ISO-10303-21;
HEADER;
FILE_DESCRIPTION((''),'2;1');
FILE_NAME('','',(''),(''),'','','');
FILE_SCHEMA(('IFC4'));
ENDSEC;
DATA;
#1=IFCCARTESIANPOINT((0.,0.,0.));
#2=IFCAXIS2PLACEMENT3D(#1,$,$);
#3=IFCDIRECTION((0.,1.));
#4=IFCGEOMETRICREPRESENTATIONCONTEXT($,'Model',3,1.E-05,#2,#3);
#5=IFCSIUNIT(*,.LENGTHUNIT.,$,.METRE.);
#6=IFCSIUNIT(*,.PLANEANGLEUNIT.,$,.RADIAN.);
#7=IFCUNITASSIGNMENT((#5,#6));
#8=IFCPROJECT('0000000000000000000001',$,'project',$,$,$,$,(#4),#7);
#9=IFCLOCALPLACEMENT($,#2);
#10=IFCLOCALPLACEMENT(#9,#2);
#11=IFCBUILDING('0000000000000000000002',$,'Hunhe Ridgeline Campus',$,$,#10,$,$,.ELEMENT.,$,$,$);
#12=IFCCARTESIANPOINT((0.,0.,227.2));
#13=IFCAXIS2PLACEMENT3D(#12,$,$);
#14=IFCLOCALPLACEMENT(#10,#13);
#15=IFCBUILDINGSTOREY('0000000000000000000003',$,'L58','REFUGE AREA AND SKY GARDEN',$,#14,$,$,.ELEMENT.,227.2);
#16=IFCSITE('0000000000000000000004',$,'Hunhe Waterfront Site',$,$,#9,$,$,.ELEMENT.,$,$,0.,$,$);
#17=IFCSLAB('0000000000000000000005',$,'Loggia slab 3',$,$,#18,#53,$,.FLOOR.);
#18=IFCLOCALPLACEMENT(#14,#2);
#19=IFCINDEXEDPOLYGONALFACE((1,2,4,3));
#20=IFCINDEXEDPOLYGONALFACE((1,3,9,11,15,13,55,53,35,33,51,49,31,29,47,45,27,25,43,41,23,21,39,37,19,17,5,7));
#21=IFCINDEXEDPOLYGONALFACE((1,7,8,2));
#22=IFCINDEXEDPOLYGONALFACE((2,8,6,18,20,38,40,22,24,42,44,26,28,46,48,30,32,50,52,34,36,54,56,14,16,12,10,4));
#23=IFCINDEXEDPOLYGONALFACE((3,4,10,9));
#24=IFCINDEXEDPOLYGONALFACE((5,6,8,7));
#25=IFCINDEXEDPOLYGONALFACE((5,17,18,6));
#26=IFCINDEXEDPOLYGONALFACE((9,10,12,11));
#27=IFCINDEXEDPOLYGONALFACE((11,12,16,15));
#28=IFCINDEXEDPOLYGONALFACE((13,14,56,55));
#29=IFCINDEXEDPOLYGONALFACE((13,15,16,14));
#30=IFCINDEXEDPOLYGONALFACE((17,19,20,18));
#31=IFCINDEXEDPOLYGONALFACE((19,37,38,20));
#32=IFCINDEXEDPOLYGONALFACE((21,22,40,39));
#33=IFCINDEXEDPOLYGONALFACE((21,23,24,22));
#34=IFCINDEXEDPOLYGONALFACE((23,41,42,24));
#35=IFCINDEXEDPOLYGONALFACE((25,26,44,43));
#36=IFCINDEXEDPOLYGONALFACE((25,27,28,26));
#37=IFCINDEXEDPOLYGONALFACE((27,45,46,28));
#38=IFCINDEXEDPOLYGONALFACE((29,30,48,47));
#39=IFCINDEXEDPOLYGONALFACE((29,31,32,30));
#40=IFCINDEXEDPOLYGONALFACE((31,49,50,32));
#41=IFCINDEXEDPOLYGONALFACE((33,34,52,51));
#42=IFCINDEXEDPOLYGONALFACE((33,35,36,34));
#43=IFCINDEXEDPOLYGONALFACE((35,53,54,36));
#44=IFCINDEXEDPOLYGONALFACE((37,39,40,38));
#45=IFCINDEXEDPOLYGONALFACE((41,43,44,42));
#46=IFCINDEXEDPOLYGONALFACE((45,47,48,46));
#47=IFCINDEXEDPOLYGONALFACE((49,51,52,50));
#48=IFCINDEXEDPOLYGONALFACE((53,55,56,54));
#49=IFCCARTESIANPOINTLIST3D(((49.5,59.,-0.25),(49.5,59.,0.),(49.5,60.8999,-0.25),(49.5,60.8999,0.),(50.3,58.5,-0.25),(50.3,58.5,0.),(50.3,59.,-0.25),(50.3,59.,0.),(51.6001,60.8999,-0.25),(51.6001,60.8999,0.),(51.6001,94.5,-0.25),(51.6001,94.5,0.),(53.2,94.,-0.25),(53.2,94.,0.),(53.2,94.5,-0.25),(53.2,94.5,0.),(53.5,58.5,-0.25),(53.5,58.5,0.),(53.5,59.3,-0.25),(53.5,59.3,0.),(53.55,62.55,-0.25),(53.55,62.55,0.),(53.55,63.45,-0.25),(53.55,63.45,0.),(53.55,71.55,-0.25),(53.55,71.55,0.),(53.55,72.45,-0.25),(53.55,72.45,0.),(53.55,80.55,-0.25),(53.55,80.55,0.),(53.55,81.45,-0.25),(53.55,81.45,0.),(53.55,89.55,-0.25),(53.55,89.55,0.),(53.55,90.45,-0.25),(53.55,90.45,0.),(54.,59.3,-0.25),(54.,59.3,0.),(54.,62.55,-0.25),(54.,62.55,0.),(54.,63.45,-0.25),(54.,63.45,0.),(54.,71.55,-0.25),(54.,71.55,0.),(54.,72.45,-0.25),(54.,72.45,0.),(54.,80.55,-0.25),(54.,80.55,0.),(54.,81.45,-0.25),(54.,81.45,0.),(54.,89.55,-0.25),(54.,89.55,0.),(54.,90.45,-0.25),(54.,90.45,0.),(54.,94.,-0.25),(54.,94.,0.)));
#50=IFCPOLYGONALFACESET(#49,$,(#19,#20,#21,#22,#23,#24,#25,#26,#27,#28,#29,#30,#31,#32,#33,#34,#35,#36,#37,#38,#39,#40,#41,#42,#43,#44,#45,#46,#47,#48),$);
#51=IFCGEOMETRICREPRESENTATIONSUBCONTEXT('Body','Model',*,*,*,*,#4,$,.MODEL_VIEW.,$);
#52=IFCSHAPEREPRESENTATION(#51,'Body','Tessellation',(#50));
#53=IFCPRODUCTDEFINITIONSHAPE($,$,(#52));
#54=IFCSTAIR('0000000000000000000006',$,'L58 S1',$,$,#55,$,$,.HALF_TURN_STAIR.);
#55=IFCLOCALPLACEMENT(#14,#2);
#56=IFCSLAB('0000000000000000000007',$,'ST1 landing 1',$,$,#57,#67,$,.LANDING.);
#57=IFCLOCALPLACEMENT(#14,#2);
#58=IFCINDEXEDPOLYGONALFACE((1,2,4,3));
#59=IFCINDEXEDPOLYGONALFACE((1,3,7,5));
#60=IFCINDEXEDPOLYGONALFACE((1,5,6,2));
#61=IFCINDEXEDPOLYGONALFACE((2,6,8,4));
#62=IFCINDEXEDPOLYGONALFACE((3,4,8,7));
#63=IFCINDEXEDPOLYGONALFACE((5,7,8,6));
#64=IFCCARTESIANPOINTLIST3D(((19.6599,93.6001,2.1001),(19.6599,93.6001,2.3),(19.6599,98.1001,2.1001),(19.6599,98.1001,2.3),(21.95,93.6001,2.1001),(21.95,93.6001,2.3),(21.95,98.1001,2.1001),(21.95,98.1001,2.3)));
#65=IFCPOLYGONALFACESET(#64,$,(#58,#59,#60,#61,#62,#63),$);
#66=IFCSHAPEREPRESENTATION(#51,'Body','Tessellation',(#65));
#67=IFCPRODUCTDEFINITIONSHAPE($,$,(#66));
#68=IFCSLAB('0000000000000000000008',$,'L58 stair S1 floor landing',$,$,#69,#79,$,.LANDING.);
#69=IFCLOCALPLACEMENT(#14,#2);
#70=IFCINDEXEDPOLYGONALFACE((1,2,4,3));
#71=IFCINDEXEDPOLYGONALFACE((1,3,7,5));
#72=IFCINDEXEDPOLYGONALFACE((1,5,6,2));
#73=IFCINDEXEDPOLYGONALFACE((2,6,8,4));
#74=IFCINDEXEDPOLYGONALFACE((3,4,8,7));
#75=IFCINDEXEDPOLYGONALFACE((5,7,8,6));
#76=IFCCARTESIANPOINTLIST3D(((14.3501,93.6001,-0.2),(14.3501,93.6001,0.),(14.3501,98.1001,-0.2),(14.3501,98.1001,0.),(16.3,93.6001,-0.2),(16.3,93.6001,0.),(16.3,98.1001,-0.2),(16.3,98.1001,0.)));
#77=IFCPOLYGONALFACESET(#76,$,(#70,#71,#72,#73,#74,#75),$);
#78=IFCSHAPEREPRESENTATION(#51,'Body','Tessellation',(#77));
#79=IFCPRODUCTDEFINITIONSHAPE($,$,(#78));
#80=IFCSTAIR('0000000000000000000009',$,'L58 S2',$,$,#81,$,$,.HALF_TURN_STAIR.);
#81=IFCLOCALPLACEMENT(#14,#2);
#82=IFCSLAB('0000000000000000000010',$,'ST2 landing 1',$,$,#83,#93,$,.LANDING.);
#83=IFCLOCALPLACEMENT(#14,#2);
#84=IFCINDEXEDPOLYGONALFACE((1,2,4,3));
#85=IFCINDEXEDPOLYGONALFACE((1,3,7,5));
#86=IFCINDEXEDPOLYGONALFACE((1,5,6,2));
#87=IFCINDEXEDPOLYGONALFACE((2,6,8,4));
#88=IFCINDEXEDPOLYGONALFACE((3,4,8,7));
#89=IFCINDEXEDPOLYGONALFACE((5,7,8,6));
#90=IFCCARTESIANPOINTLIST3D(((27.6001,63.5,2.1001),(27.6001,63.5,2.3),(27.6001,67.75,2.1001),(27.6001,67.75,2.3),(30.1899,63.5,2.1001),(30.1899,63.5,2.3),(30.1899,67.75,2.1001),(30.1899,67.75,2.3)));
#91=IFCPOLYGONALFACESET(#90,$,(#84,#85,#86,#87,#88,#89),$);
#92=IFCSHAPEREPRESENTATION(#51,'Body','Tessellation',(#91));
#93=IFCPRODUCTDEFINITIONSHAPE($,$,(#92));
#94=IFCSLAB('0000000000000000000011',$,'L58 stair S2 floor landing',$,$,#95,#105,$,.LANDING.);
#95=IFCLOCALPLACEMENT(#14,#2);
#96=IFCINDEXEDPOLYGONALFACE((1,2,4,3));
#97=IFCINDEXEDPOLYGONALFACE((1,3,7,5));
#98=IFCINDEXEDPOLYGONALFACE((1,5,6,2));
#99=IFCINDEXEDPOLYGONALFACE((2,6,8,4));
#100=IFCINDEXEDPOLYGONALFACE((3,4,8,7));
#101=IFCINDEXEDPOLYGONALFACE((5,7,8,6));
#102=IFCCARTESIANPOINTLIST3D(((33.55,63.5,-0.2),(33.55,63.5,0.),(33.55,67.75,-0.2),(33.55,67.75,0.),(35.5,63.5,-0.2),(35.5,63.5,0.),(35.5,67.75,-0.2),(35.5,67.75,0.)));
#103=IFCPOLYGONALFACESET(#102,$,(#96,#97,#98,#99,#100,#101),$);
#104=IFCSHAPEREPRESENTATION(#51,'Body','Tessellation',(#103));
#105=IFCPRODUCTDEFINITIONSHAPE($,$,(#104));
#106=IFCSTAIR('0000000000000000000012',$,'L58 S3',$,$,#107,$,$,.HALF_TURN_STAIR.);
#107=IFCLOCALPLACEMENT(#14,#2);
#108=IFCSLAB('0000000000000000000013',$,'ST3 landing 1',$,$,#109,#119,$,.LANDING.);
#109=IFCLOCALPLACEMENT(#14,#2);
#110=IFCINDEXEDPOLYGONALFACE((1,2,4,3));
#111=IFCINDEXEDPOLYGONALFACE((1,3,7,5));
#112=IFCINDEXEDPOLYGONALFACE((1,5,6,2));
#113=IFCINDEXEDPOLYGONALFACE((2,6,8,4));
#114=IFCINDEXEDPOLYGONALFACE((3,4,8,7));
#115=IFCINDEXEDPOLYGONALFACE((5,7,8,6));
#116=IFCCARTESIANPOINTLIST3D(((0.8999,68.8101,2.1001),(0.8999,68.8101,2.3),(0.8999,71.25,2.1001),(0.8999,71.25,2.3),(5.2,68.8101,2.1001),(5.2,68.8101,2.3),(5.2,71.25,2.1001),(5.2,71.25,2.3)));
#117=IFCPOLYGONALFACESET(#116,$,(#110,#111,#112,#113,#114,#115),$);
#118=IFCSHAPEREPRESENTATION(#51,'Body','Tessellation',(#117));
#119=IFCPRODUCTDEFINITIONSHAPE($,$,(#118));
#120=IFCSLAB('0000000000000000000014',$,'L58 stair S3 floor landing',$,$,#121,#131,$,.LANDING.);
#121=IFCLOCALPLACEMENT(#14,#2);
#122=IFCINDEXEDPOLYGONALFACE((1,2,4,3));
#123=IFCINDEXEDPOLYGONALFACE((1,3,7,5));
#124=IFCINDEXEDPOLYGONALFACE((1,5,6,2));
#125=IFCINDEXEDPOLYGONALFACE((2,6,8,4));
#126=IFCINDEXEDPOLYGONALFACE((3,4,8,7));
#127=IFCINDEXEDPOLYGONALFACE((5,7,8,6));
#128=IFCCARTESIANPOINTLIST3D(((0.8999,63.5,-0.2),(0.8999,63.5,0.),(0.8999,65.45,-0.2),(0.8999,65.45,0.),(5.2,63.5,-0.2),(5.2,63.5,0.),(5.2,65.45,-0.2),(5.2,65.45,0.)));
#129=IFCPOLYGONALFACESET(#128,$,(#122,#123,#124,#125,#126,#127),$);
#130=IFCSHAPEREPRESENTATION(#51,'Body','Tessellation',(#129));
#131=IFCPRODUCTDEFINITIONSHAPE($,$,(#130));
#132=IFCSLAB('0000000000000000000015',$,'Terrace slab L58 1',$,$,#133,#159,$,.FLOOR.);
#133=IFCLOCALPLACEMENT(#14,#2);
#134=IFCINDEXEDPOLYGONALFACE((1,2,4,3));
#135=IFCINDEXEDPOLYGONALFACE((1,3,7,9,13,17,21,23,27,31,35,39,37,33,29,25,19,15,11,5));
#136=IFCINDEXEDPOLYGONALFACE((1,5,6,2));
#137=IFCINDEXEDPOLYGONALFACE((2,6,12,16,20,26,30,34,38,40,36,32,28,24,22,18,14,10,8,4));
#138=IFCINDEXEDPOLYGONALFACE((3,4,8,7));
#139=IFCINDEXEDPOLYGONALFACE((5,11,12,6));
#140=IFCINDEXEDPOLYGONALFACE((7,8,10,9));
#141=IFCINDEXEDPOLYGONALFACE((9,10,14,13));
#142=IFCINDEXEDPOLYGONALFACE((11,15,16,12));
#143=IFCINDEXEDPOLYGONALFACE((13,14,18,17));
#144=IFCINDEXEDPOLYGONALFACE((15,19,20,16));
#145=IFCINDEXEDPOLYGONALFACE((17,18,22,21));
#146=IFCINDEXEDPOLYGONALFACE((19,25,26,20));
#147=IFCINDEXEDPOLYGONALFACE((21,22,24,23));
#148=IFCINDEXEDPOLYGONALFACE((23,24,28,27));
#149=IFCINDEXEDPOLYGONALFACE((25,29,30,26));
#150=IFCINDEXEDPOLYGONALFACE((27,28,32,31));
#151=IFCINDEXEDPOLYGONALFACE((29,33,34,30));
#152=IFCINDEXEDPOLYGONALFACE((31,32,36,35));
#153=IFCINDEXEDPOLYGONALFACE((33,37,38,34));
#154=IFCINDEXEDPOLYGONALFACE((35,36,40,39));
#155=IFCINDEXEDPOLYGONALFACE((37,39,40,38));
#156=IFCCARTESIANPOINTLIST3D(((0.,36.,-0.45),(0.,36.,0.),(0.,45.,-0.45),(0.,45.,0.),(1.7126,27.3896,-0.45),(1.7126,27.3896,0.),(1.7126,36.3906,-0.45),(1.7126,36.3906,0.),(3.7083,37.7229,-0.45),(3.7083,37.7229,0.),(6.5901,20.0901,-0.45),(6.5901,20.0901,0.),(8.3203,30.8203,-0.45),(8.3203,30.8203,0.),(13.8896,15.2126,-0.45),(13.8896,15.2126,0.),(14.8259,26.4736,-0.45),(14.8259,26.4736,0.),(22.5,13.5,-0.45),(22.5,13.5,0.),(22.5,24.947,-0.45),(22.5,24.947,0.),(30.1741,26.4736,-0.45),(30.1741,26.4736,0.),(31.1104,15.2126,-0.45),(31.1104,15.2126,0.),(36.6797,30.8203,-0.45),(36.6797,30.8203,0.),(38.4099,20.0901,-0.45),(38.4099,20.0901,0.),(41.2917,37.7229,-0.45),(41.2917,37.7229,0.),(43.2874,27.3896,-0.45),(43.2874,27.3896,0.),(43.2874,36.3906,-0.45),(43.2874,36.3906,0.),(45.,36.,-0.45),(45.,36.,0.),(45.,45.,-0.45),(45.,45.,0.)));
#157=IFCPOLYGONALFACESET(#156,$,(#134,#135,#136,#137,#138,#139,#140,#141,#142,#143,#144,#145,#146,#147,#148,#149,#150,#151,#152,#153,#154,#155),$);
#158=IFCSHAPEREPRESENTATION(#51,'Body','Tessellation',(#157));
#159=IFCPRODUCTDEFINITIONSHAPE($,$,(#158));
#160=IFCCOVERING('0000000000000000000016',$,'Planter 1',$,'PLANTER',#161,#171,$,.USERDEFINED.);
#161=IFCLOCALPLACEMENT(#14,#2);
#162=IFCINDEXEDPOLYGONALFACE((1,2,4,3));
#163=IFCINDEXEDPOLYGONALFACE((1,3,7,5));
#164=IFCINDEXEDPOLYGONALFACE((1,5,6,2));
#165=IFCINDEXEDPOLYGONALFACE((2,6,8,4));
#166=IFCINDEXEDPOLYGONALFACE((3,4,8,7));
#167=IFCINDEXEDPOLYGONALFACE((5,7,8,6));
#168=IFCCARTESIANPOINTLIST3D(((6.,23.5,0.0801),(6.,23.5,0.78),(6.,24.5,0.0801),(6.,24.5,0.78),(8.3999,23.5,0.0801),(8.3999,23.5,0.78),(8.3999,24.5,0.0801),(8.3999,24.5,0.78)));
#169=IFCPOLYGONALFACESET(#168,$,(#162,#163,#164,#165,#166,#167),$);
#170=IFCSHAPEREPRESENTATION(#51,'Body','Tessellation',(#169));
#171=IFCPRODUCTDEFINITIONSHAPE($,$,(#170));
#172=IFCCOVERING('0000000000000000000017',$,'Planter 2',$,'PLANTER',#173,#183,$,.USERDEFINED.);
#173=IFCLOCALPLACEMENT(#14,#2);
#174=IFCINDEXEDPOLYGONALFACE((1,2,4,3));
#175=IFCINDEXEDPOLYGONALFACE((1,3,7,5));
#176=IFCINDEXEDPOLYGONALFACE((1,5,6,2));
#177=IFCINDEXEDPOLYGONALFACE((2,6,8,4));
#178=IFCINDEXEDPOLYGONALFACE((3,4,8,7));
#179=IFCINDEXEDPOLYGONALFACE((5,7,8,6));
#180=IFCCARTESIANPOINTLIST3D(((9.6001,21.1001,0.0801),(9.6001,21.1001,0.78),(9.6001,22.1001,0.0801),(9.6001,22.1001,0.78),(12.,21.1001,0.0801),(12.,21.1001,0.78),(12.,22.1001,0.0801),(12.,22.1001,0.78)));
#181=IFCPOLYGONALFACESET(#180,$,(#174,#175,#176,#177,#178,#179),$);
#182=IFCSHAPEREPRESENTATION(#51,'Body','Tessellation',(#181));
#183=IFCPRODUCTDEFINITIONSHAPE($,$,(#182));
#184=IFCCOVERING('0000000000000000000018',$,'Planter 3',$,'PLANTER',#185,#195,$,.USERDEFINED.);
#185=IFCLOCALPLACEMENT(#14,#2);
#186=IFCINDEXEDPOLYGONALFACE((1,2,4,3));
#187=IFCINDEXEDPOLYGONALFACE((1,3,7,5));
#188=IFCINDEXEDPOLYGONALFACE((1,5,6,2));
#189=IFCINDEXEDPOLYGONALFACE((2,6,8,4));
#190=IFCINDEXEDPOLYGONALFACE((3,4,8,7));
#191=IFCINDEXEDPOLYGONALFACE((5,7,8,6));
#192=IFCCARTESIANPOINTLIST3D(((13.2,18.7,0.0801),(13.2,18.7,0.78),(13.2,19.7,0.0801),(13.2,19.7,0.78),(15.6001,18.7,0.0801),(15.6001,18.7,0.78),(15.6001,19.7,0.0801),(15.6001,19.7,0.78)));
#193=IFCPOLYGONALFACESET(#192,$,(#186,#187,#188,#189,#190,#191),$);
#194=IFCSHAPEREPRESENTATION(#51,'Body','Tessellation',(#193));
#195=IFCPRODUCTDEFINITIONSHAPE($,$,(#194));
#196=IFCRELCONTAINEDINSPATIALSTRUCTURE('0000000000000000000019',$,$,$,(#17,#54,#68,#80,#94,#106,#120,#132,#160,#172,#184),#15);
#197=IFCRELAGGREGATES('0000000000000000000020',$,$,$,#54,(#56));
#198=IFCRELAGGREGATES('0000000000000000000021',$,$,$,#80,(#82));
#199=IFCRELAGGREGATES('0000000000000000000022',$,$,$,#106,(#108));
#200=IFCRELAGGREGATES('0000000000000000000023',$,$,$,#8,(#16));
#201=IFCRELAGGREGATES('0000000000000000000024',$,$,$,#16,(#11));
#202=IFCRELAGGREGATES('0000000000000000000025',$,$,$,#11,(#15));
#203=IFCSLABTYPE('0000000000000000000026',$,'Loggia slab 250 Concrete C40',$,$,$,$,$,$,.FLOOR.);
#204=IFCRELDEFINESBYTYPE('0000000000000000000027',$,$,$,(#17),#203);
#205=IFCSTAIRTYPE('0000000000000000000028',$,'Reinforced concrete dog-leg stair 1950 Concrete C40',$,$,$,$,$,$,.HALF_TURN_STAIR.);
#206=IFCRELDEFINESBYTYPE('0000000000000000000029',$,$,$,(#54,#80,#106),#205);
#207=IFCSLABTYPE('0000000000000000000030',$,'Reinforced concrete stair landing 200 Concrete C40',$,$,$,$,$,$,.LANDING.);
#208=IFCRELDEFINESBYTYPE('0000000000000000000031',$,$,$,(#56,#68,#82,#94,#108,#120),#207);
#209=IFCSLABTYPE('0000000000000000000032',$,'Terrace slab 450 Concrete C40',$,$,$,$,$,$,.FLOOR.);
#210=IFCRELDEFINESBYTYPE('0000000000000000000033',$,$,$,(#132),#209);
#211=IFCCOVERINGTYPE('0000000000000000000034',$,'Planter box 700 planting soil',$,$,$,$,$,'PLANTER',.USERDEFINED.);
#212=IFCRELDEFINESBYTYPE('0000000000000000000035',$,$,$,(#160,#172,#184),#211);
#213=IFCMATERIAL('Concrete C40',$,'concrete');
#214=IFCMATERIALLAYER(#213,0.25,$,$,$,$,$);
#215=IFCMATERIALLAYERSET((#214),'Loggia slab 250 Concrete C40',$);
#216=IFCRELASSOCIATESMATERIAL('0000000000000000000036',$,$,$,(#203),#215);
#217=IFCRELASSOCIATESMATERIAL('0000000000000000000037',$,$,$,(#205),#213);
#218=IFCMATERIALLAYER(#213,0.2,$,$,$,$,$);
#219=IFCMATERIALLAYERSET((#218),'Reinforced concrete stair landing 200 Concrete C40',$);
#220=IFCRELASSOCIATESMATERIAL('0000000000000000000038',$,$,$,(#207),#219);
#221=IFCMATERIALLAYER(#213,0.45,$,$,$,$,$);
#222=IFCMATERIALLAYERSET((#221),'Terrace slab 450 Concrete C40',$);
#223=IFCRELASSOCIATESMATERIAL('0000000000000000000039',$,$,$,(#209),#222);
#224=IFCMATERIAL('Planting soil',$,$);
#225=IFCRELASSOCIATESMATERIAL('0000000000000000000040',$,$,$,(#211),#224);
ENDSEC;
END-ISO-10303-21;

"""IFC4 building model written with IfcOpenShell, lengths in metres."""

from ifc_helpers import new_model, si_unit, direction, frame, origin, place, context, subcontext, project, spatial, polyline, outline, extrude, material, layer, layer_set, type_object, element, aggregate, save


model = new_model("IFC4")

# Units and contexts
model_context = context("Model", 3, precision=1e-05, world=origin(), true_north=direction((0.0, 1.0)))
body_context = subcontext(model_context, "Body", "Model", "MODEL_VIEW")
ifc_project = project(units=[si_unit("LENGTHUNIT", "METRE"), si_unit("PLANEANGLEUNIT", "RADIAN")], contexts=[model_context])

# Site, building, storey
site_placement = place(None, origin())
site = spatial("IfcSite", under=ifc_project, at=site_placement, Name="Hunhe Waterfront Site", CompositionType="ELEMENT", RefElevation=0.0)
building_placement = place(site_placement, origin())
building = spatial("IfcBuilding", under=site, at=building_placement, Name="Hunhe Ridgeline Campus", CompositionType="ELEMENT")
storey_placement = place(building_placement, frame((0.0, 0.0, 227.2)))
storey = spatial("IfcBuildingStorey", under=building, at=storey_placement, Name="L58", Description="REFUGE AREA AND SKY GARDEN", CompositionType="ELEMENT", Elevation=227.2)

# Slab
ifc_material_1 = material(Name="Concrete C40", Category="concrete")
ifc_layer_1 = layer(ifc_material_1, 0.25)
ifc_layer_set_1 = layer_set([ifc_layer_1], Name="Loggia slab 250 Concrete C40")
slab_type_1 = type_object("IfcSlabType", Name="Loggia slab 250 Concrete C40", PredefinedType="FLOOR", material=ifc_layer_set_1)
slab_1_placement = place(storey_placement, frame((0.0, 0.0, -0.25)))
element("IfcSlab", 1, at=slab_1_placement, inside=storey, type_object=slab_type_1, Name="Loggia slab 3", PredefinedType="FLOOR", context=body_context, shape_type="SweptSolid", body=[
    extrude(outline(polyline([(49.5, 60.8999), (49.5, 59.0), (50.3, 59.0), (50.3, 58.5), (53.5, 58.5), (53.5, 59.3), (54.0, 59.3), (54.0, 62.55), (53.55, 62.55), (53.55, 63.45), (54.0, 63.45), (54.0, 71.55), (53.55, 71.55), (53.55, 72.45), (54.0, 72.45), (54.0, 80.55), (53.55, 80.55), (53.55, 81.45), (54.0, 81.45), (54.0, 89.55), (53.55, 89.55), (53.55, 90.45), (54.0, 90.45), (54.0, 94.0), (53.2, 94.0), (53.2, 94.5), (51.6001, 94.5), (51.6001, 60.8999), (49.5, 60.8999)])), origin(), (0.0, 0.0, 1.0), 0.25),
])

# Stair, slab
stair_type = type_object("IfcStairType", Name="Reinforced concrete dog-leg stair 1950 Concrete C40", PredefinedType="HALF_TURN_STAIR", material=ifc_material_1)
stair_1_placement = place(storey_placement, origin())
stair_1 = element("IfcStair", 2, at=stair_1_placement, inside=storey, type_object=stair_type, Name="L58 S1", PredefinedType="HALF_TURN_STAIR")
ifc_layer_2 = layer(ifc_material_1, 0.2)
ifc_layer_set_2 = layer_set([ifc_layer_2], Name="Reinforced concrete stair landing 200 Concrete C40")
slab_type_2 = type_object("IfcSlabType", Name="Reinforced concrete stair landing 200 Concrete C40", PredefinedType="LANDING", material=ifc_layer_set_2)
slab_2_placement = place(storey_placement, frame((0.0, 0.0, 2.1001)))
slab_2 = element("IfcSlab", 3, at=slab_2_placement, type_object=slab_type_2, Name="ST1 landing 1", PredefinedType="LANDING", context=body_context, shape_type="SweptSolid", body=[
    extrude(outline(polyline([(19.6599, 93.6001), (21.95, 93.6001), (21.95, 98.1001), (19.6599, 98.1001), (19.6599, 93.6001)])), origin(), (0.0, 0.0, 1.0), 0.2),
])
aggregate(stair_1, [slab_2])

# Slab
slab_3_placement = place(storey_placement, frame((0.0, 0.0, -0.2)))
element("IfcSlab", 4, at=slab_3_placement, inside=storey, type_object=slab_type_2, Name="L58 stair S1 floor landing", PredefinedType="LANDING", context=body_context, shape_type="SweptSolid", body=[
    extrude(outline(polyline([(14.3501, 93.6001), (16.3, 93.6001), (16.3, 98.1001), (14.3501, 98.1001), (14.3501, 93.6001)])), origin(), (0.0, 0.0, 1.0), 0.2),
])

# Stair, slab
stair_2_placement = place(storey_placement, origin())
stair_2 = element("IfcStair", 5, at=stair_2_placement, inside=storey, type_object=stair_type, Name="L58 S2", PredefinedType="HALF_TURN_STAIR")
slab_4_placement = place(storey_placement, frame((0.0, 0.0, 2.1001)))
slab_4 = element("IfcSlab", 6, at=slab_4_placement, type_object=slab_type_2, Name="ST2 landing 1", PredefinedType="LANDING", context=body_context, shape_type="SweptSolid", body=[
    extrude(outline(polyline([(30.1899, 67.75), (27.6001, 67.75), (27.6001, 63.5), (30.1899, 63.5), (30.1899, 67.75)])), origin(), (0.0, 0.0, 1.0), 0.2),
])
aggregate(stair_2, [slab_4])

# Slab
slab_5_placement = place(storey_placement, frame((0.0, 0.0, -0.2)))
element("IfcSlab", 7, at=slab_5_placement, inside=storey, type_object=slab_type_2, Name="L58 stair S2 floor landing", PredefinedType="LANDING", context=body_context, shape_type="SweptSolid", body=[
    extrude(outline(polyline([(35.5, 67.75), (33.55, 67.75), (33.55, 63.5), (35.5, 63.5), (35.5, 67.75)])), origin(), (0.0, 0.0, 1.0), 0.2),
])

# Stair, slab
stair_3_placement = place(storey_placement, origin())
stair_3 = element("IfcStair", 8, at=stair_3_placement, inside=storey, type_object=stair_type, Name="L58 S3", PredefinedType="HALF_TURN_STAIR")
slab_6_placement = place(storey_placement, frame((0.0, 0.0, 2.1001)))
slab_6 = element("IfcSlab", 9, at=slab_6_placement, type_object=slab_type_2, Name="ST3 landing 1", PredefinedType="LANDING", context=body_context, shape_type="SweptSolid", body=[
    extrude(outline(polyline([(5.2, 68.8101), (5.2, 71.25), (0.8999, 71.25), (0.8999, 68.8101), (5.2, 68.8101)])), origin(), (0.0, 0.0, 1.0), 0.2),
])
aggregate(stair_3, [slab_6])

# Slabs
slab_7_placement = place(storey_placement, frame((0.0, 0.0, -0.2)))
element("IfcSlab", 10, at=slab_7_placement, inside=storey, type_object=slab_type_2, Name="L58 stair S3 floor landing", PredefinedType="LANDING", context=body_context, shape_type="SweptSolid", body=[
    extrude(outline(polyline([(5.2, 63.5), (5.2, 65.45), (0.8999, 65.45), (0.8999, 63.5), (5.2, 63.5)])), origin(), (0.0, 0.0, 1.0), 0.2),
])
ifc_layer_3 = layer(ifc_material_1, 0.45)
ifc_layer_set_3 = layer_set([ifc_layer_3], Name="Terrace slab 450 Concrete C40")
slab_type_3 = type_object("IfcSlabType", Name="Terrace slab 450 Concrete C40", PredefinedType="FLOOR", material=ifc_layer_set_3)
slab_8_placement = place(storey_placement, frame((0.0, 0.0, -0.45)))
element("IfcSlab", 11, at=slab_8_placement, inside=storey, type_object=slab_type_3, Name="Terrace slab L58 1", PredefinedType="FLOOR", context=body_context, shape_type="SweptSolid", body=[
    extrude(outline(polyline([(0.0, 45.0), (0.0, 36.0), (1.7126, 27.3896), (6.5901, 20.0901), (13.8896, 15.2126), (22.5, 13.5), (31.1104, 15.2126), (38.4099, 20.0901), (43.2874, 27.3896), (45.0, 36.0), (45.0, 45.0), (43.2874, 36.3906), (41.2917, 37.7229), (36.6797, 30.8203), (30.1741, 26.4736), (22.5, 24.947), (14.8259, 26.4736), (8.3203, 30.8203), (3.7083, 37.7229), (1.7126, 36.3906), (0.0, 45.0)])), origin(), (0.0, 0.0, 1.0), 0.45),
])

# Coverings
ifc_material_2 = material(Name="Planting soil")
covering_type_1 = type_object("IfcCoveringType", Name="Planter box 700 planting soil", ElementType="PLANTER", PredefinedType="USERDEFINED", material=ifc_material_2)
covering_1_placement = place(storey_placement, frame((0.0, 0.0, 0.0801)))
element("IfcCovering", 12, at=covering_1_placement, inside=storey, type_object=covering_type_1, Name="Planter 1", ObjectType="PLANTER", PredefinedType="USERDEFINED", context=body_context, shape_type="SweptSolid", body=[
    extrude(outline(polyline([(6.0, 23.5), (8.3999, 23.5), (8.3999, 24.5), (6.0, 24.5), (6.0, 23.5)])), origin(), (0.0, 0.0, 1.0), 0.7),
])
covering_2_placement = place(storey_placement, frame((0.0, 0.0, 0.0801)))
element("IfcCovering", 13, at=covering_2_placement, inside=storey, type_object=covering_type_1, Name="Planter 2", ObjectType="PLANTER", PredefinedType="USERDEFINED", context=body_context, shape_type="SweptSolid", body=[
    extrude(outline(polyline([(9.6001, 21.1001), (12.0, 21.1001), (12.0, 22.1001), (9.6001, 22.1001), (9.6001, 21.1001)])), origin(), (0.0, 0.0, 1.0), 0.7),
])
covering_3_placement = place(storey_placement, frame((0.0, 0.0, 0.0801)))
element("IfcCovering", 14, at=covering_3_placement, inside=storey, type_object=covering_type_1, Name="Planter 3", ObjectType="PLANTER", PredefinedType="USERDEFINED", context=body_context, shape_type="SweptSolid", body=[
    extrude(outline(polyline([(13.2, 18.7), (15.6001, 18.7), (15.6001, 19.7), (13.2, 19.7), (13.2, 18.7)])), origin(), (0.0, 0.0, 1.0), 0.7),
])

save(model, "model.ifc")
